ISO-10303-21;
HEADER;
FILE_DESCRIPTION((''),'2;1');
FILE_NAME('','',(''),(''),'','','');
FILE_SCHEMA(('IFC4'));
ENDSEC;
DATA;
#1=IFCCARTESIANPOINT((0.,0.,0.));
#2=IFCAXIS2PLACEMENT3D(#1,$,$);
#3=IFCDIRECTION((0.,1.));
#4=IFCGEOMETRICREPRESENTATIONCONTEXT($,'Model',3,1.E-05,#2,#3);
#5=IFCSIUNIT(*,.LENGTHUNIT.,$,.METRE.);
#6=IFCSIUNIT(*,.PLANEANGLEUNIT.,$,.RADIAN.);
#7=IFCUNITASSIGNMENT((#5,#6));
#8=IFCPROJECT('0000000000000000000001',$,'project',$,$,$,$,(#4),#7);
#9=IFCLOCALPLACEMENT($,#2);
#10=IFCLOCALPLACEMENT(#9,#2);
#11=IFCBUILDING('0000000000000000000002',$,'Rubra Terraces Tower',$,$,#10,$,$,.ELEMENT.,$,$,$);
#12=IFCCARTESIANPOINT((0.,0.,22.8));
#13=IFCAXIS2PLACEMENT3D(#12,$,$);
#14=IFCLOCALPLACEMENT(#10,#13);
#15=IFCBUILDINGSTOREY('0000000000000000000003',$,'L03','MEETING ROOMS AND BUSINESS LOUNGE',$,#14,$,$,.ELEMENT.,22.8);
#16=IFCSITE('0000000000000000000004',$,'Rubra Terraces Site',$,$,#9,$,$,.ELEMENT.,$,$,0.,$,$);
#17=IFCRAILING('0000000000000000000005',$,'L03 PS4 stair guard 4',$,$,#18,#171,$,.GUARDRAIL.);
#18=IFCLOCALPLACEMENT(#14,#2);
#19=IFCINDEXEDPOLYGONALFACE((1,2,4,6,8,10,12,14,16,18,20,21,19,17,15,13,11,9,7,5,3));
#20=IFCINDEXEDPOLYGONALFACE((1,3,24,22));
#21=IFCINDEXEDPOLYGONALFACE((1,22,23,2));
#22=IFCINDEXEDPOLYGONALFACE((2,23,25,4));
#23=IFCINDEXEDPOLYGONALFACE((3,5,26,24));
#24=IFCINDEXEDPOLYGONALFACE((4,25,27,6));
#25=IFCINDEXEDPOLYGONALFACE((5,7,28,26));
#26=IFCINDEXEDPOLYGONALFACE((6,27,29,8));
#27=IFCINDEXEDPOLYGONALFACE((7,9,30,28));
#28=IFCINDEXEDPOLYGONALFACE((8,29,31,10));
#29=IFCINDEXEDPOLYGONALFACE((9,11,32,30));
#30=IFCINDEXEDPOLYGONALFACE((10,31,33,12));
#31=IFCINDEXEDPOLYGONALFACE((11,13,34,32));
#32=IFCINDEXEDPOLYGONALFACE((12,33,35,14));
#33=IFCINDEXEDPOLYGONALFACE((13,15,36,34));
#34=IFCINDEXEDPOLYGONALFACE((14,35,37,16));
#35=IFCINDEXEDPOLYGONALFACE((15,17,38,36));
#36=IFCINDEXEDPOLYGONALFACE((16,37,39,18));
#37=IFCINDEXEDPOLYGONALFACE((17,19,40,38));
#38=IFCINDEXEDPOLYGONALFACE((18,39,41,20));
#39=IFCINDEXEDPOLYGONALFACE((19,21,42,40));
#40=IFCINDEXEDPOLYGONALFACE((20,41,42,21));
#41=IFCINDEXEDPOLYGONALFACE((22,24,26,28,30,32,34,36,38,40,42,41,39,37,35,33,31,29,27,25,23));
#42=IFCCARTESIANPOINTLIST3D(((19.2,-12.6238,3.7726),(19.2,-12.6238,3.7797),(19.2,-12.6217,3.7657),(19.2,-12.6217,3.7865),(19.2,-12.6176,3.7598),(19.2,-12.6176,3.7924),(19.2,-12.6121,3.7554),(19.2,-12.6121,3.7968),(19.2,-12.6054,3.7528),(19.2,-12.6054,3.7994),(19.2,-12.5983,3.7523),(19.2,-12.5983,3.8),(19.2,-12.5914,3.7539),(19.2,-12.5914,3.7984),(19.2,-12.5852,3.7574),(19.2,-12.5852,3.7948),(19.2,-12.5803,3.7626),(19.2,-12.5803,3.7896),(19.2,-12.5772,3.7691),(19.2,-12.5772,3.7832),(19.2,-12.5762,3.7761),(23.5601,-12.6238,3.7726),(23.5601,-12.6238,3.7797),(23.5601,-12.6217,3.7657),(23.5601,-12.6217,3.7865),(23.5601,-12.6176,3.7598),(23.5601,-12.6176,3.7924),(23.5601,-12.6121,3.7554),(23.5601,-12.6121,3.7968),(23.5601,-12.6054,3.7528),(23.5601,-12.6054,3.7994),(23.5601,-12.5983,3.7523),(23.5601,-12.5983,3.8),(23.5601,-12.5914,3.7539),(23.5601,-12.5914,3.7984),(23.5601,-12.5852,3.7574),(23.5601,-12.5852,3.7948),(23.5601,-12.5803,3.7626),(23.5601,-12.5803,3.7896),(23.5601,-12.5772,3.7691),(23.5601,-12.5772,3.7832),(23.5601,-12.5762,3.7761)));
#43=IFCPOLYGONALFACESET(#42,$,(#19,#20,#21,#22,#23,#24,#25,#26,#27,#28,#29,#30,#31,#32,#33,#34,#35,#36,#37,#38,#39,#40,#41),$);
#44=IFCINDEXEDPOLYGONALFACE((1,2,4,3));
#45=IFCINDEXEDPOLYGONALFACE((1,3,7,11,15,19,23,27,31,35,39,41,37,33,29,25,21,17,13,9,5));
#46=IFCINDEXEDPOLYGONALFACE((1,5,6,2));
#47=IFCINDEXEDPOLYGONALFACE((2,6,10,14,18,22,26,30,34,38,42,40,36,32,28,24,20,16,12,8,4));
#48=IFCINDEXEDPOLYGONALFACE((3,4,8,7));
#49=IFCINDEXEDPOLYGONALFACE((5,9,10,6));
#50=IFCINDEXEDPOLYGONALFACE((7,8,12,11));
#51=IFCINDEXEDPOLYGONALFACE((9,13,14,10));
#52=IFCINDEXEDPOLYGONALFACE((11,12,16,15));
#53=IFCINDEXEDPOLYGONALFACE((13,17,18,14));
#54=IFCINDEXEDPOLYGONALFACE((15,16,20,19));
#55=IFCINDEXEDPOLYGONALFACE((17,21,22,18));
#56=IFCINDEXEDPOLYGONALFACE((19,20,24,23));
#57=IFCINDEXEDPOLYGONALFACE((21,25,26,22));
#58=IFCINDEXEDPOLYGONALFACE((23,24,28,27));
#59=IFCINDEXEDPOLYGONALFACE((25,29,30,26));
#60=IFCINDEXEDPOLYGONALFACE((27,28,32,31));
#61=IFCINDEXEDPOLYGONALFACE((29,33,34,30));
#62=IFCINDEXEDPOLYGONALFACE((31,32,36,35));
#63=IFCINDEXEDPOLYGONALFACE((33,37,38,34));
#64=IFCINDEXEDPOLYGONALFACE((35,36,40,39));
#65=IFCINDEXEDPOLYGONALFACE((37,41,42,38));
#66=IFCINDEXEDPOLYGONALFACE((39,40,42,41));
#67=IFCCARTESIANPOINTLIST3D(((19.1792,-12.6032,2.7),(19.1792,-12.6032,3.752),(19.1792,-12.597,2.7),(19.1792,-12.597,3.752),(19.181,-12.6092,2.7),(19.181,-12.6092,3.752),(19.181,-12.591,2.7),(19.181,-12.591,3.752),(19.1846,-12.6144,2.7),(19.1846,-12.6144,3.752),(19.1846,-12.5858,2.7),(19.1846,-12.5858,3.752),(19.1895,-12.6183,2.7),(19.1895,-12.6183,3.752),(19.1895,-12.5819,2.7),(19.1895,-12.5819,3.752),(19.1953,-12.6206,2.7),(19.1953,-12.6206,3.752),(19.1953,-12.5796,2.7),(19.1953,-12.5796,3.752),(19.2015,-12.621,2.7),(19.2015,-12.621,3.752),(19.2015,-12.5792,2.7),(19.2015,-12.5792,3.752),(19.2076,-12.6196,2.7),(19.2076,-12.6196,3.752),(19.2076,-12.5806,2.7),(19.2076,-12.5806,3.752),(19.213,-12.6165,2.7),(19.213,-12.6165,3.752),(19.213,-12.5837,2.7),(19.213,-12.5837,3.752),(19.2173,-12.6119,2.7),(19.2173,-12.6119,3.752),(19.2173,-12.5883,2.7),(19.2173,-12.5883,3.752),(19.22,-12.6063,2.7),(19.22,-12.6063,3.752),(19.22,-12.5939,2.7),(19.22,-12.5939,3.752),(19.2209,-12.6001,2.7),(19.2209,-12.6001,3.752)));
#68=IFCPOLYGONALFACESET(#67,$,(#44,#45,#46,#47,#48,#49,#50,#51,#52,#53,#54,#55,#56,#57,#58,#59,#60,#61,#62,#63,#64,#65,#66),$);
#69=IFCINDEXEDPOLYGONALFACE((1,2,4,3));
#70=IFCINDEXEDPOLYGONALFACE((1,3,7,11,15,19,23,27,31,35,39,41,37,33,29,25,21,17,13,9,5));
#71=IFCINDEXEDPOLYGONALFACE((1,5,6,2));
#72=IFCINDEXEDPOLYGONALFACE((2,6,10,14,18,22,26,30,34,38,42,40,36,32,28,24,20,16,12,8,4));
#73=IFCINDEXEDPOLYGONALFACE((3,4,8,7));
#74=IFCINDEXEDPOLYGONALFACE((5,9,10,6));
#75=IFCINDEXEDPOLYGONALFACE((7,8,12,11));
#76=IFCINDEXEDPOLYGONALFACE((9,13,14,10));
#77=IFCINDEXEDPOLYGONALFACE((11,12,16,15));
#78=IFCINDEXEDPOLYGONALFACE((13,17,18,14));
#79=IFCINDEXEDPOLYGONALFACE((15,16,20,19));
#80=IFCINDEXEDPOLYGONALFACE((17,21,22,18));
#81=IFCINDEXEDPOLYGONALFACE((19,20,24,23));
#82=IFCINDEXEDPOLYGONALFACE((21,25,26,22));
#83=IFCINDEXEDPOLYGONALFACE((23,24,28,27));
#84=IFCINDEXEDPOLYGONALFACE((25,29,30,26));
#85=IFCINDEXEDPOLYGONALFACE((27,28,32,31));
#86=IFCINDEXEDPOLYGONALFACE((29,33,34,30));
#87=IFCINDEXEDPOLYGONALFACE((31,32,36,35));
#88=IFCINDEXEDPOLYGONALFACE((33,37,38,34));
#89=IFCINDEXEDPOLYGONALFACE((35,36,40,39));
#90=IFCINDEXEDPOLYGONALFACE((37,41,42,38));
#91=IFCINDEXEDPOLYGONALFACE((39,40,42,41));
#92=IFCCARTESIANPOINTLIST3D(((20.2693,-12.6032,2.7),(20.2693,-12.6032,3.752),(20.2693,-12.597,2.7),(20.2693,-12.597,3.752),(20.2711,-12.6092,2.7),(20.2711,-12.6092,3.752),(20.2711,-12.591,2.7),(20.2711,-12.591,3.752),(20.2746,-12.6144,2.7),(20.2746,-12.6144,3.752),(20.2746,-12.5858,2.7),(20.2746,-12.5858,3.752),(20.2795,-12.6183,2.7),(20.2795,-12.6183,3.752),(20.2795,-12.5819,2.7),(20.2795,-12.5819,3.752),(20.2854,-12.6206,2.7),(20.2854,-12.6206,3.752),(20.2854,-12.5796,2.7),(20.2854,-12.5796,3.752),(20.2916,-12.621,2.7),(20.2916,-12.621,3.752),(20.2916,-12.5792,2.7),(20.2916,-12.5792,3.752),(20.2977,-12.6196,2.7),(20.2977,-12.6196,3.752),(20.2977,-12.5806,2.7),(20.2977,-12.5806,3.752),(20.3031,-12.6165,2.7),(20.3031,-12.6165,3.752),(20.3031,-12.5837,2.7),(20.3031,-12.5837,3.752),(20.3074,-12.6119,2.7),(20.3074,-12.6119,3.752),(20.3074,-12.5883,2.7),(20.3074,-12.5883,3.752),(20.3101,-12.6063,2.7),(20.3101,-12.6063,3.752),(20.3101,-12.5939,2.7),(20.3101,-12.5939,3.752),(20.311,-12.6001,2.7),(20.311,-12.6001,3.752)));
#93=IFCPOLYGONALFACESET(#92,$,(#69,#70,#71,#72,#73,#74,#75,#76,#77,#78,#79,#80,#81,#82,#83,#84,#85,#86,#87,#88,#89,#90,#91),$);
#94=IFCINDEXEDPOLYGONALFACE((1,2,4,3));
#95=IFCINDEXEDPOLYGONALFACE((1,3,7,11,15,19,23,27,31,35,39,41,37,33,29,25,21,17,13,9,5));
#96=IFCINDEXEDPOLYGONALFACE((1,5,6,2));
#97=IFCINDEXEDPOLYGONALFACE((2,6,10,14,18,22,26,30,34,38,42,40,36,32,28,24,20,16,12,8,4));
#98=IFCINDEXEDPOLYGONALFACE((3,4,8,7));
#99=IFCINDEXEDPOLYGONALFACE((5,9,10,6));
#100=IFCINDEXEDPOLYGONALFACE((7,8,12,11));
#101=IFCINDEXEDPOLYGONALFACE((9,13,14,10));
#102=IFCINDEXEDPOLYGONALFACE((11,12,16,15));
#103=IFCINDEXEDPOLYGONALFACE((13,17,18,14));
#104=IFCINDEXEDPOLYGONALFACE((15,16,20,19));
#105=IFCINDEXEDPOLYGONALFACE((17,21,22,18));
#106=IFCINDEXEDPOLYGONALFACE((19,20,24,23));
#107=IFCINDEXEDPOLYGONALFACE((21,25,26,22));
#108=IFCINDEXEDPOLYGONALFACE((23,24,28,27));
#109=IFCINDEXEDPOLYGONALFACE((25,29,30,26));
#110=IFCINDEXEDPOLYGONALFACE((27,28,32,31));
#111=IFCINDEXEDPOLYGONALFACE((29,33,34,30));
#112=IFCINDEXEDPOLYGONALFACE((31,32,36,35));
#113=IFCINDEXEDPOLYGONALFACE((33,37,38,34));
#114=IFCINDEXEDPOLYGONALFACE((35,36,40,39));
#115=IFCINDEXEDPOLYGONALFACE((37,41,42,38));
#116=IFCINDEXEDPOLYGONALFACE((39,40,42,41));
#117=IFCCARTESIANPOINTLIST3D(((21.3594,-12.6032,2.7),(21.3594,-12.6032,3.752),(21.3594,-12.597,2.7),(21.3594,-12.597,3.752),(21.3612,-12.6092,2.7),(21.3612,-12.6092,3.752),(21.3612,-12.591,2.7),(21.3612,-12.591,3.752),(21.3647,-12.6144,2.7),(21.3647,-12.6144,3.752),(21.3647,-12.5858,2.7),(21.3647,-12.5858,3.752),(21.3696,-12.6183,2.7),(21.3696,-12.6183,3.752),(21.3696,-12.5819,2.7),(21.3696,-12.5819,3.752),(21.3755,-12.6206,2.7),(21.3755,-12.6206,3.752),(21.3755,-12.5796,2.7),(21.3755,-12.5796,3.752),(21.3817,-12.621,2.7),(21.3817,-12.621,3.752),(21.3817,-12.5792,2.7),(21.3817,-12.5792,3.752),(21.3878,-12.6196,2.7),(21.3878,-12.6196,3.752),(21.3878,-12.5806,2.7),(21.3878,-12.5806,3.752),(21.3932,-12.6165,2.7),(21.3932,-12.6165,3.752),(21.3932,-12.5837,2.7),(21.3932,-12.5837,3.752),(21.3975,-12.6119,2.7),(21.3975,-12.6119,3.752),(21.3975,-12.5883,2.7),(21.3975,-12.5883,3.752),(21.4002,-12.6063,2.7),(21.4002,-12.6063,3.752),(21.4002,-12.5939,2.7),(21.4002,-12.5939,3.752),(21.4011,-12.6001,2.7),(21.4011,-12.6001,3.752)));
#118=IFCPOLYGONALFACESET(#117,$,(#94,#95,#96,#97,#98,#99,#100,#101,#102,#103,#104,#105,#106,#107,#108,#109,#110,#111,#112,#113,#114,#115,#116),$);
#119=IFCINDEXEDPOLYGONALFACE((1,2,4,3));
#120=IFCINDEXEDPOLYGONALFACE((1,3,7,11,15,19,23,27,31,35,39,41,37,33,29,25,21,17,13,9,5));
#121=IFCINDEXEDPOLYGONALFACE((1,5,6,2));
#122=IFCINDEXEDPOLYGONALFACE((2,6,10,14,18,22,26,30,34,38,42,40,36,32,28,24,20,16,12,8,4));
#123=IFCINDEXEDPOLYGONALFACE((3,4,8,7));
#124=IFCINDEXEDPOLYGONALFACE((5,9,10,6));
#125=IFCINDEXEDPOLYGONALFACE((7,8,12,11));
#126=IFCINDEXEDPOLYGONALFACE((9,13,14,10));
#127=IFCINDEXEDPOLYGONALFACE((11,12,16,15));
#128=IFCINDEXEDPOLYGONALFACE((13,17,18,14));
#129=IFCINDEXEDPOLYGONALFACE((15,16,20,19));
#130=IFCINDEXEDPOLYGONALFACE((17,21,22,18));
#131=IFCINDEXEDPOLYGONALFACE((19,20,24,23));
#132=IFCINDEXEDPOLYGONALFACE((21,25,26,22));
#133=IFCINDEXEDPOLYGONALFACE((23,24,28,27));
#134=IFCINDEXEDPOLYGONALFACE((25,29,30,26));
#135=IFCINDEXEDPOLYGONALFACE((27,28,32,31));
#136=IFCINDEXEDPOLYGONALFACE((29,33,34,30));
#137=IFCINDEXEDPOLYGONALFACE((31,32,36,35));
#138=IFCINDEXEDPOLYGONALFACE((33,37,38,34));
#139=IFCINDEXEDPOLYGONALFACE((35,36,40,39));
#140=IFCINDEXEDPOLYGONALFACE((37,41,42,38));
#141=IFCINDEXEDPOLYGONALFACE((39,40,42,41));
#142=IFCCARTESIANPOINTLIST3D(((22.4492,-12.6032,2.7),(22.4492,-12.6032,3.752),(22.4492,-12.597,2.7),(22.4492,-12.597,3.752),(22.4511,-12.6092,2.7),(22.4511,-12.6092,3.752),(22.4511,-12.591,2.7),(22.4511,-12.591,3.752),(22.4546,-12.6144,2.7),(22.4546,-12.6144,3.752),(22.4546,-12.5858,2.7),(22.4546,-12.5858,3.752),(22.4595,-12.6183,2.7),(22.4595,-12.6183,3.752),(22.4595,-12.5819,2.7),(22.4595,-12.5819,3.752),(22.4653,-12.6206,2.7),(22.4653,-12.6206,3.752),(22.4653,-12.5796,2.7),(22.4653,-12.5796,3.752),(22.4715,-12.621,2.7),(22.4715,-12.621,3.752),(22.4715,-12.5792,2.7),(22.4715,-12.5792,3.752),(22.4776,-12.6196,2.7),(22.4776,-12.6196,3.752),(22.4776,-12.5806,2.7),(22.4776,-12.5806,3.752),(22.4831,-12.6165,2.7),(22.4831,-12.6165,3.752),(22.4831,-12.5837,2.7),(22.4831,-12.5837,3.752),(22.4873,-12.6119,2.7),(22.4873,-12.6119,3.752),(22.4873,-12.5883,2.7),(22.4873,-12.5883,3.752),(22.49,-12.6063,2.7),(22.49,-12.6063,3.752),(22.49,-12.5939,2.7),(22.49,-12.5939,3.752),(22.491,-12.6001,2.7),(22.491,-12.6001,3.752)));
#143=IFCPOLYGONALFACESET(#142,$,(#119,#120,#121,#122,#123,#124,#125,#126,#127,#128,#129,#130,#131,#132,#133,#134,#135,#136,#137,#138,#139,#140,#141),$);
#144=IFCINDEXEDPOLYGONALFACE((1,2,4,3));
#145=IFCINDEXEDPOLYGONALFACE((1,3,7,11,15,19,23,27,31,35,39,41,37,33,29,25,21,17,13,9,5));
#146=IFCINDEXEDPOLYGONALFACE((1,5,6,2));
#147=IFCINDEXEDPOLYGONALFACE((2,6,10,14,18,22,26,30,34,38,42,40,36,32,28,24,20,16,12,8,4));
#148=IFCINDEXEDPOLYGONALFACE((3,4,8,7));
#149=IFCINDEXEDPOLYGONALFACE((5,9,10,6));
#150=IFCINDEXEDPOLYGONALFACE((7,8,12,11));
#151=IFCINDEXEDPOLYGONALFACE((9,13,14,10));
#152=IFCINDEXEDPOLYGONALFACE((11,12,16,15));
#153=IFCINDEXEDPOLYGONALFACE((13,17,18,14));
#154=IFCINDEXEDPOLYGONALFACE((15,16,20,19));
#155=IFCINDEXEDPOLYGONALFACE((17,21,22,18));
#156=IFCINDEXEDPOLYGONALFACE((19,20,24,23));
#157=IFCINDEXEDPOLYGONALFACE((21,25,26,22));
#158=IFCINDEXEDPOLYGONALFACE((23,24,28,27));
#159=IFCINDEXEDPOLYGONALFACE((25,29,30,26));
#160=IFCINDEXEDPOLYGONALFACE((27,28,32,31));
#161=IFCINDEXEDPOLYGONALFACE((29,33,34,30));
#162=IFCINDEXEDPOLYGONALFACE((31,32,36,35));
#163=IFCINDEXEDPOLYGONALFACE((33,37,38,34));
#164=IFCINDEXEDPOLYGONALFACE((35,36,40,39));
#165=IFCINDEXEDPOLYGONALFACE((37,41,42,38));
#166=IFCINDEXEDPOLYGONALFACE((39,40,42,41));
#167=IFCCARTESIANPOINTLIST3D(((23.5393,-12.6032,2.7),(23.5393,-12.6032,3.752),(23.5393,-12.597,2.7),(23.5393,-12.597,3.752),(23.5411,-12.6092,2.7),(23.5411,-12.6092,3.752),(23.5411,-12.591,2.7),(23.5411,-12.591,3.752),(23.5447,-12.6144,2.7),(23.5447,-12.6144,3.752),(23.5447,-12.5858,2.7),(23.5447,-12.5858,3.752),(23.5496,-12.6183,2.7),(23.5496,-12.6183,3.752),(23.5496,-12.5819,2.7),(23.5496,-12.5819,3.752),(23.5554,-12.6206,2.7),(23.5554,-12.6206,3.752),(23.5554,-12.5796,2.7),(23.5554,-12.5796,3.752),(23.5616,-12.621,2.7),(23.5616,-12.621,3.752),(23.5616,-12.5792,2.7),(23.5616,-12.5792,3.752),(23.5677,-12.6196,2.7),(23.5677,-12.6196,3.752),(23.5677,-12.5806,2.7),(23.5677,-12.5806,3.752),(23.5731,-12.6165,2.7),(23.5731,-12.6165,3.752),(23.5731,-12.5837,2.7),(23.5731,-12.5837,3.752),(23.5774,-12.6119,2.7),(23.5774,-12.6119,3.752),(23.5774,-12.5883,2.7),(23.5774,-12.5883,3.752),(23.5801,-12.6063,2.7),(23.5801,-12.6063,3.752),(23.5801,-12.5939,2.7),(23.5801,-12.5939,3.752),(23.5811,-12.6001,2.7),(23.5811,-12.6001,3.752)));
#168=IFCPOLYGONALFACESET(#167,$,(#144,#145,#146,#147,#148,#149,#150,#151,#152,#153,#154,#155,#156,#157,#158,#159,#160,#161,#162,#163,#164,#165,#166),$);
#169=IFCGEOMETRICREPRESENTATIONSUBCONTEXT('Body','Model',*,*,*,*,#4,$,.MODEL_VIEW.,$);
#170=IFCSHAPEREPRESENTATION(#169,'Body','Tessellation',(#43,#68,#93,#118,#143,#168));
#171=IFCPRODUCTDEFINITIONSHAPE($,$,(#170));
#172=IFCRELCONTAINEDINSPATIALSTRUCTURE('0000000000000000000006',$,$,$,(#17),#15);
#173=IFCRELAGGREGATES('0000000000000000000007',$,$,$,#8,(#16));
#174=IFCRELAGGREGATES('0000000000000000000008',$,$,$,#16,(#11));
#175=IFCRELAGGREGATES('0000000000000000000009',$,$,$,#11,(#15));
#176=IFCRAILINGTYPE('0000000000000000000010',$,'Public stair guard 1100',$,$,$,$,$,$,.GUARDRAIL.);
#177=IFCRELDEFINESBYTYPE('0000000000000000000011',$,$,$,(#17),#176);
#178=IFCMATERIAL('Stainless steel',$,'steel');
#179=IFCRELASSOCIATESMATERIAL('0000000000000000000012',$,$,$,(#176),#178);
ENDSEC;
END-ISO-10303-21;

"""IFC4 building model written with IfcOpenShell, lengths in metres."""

from ifc_helpers import new_model, si_unit, direction, frame, origin, origin_2d, place, context, subcontext, project, spatial, circle, extrude, material, type_object, element, save


model = new_model("IFC4")

# Units and contexts
model_context = context("Model", 3, precision=1e-05, world=origin(), true_north=direction((0.0, 1.0)))
body_context = subcontext(model_context, "Body", "Model", "MODEL_VIEW")
ifc_project = project(units=[si_unit("LENGTHUNIT", "METRE"), si_unit("PLANEANGLEUNIT", "RADIAN")], contexts=[model_context])

# Site, building, storey
site_placement = place(None, origin())
site = spatial("IfcSite", under=ifc_project, at=site_placement, Name="Rubra Terraces Site", CompositionType="ELEMENT", RefElevation=0.0)
building_placement = place(site_placement, origin())
building = spatial("IfcBuilding", under=site, at=building_placement, Name="Rubra Terraces Tower", CompositionType="ELEMENT")
storey_placement = place(building_placement, frame((0.0, 0.0, 22.8)))
storey = spatial("IfcBuildingStorey", under=building, at=storey_placement, Name="L03", Description="MEETING ROOMS AND BUSINESS LOUNGE", CompositionType="ELEMENT", Elevation=22.8)

# Railing
ifc_material_1 = material(Name="Stainless steel", Category="steel")
railing_type_1 = type_object("IfcRailingType", Name="Public stair guard 1100", PredefinedType="GUARDRAIL", material=ifc_material_1)
for number, where, name in (
    (1, (19.2, -12.6001, 2.7), "L03 PS4 stair guard 4"),
):
    element("IfcRailing", number, at=place(storey_placement, frame(where)), inside=storey, type_object=railing_type_1, Name=name, PredefinedType="GUARDRAIL", context=body_context, shape_type="SweptSolid", body=[
        extrude(circle(Radius=0.0239, at=origin_2d()), frame((0.0, 0.0, 1.0762), z_axis=(1.0, 0.0, 0.0), x_axis=(0.0, 1.0, 0.0)), (0.0, 0.0, 1.0), 4.3601),
        extrude(circle(Radius=0.021, at=origin_2d()), origin(), (0.0, 0.0, 1.0), 1.052),
        extrude(circle(Radius=0.021, at=origin_2d()), frame((1.0901, 0.0, 0.0)), (0.0, 0.0, 1.0), 1.052),
        extrude(circle(Radius=0.021, at=origin_2d()), frame((2.1802, 0.0, 0.0)), (0.0, 0.0, 1.0), 1.052),
        extrude(circle(Radius=0.021, at=origin_2d()), frame((3.27, 0.0, 0.0)), (0.0, 0.0, 1.0), 1.052),
        extrude(circle(Radius=0.021, at=origin_2d()), frame((4.3601, 0.0, 0.0)), (0.0, 0.0, 1.0), 1.052),
    ])

save(model, "model.ifc")
